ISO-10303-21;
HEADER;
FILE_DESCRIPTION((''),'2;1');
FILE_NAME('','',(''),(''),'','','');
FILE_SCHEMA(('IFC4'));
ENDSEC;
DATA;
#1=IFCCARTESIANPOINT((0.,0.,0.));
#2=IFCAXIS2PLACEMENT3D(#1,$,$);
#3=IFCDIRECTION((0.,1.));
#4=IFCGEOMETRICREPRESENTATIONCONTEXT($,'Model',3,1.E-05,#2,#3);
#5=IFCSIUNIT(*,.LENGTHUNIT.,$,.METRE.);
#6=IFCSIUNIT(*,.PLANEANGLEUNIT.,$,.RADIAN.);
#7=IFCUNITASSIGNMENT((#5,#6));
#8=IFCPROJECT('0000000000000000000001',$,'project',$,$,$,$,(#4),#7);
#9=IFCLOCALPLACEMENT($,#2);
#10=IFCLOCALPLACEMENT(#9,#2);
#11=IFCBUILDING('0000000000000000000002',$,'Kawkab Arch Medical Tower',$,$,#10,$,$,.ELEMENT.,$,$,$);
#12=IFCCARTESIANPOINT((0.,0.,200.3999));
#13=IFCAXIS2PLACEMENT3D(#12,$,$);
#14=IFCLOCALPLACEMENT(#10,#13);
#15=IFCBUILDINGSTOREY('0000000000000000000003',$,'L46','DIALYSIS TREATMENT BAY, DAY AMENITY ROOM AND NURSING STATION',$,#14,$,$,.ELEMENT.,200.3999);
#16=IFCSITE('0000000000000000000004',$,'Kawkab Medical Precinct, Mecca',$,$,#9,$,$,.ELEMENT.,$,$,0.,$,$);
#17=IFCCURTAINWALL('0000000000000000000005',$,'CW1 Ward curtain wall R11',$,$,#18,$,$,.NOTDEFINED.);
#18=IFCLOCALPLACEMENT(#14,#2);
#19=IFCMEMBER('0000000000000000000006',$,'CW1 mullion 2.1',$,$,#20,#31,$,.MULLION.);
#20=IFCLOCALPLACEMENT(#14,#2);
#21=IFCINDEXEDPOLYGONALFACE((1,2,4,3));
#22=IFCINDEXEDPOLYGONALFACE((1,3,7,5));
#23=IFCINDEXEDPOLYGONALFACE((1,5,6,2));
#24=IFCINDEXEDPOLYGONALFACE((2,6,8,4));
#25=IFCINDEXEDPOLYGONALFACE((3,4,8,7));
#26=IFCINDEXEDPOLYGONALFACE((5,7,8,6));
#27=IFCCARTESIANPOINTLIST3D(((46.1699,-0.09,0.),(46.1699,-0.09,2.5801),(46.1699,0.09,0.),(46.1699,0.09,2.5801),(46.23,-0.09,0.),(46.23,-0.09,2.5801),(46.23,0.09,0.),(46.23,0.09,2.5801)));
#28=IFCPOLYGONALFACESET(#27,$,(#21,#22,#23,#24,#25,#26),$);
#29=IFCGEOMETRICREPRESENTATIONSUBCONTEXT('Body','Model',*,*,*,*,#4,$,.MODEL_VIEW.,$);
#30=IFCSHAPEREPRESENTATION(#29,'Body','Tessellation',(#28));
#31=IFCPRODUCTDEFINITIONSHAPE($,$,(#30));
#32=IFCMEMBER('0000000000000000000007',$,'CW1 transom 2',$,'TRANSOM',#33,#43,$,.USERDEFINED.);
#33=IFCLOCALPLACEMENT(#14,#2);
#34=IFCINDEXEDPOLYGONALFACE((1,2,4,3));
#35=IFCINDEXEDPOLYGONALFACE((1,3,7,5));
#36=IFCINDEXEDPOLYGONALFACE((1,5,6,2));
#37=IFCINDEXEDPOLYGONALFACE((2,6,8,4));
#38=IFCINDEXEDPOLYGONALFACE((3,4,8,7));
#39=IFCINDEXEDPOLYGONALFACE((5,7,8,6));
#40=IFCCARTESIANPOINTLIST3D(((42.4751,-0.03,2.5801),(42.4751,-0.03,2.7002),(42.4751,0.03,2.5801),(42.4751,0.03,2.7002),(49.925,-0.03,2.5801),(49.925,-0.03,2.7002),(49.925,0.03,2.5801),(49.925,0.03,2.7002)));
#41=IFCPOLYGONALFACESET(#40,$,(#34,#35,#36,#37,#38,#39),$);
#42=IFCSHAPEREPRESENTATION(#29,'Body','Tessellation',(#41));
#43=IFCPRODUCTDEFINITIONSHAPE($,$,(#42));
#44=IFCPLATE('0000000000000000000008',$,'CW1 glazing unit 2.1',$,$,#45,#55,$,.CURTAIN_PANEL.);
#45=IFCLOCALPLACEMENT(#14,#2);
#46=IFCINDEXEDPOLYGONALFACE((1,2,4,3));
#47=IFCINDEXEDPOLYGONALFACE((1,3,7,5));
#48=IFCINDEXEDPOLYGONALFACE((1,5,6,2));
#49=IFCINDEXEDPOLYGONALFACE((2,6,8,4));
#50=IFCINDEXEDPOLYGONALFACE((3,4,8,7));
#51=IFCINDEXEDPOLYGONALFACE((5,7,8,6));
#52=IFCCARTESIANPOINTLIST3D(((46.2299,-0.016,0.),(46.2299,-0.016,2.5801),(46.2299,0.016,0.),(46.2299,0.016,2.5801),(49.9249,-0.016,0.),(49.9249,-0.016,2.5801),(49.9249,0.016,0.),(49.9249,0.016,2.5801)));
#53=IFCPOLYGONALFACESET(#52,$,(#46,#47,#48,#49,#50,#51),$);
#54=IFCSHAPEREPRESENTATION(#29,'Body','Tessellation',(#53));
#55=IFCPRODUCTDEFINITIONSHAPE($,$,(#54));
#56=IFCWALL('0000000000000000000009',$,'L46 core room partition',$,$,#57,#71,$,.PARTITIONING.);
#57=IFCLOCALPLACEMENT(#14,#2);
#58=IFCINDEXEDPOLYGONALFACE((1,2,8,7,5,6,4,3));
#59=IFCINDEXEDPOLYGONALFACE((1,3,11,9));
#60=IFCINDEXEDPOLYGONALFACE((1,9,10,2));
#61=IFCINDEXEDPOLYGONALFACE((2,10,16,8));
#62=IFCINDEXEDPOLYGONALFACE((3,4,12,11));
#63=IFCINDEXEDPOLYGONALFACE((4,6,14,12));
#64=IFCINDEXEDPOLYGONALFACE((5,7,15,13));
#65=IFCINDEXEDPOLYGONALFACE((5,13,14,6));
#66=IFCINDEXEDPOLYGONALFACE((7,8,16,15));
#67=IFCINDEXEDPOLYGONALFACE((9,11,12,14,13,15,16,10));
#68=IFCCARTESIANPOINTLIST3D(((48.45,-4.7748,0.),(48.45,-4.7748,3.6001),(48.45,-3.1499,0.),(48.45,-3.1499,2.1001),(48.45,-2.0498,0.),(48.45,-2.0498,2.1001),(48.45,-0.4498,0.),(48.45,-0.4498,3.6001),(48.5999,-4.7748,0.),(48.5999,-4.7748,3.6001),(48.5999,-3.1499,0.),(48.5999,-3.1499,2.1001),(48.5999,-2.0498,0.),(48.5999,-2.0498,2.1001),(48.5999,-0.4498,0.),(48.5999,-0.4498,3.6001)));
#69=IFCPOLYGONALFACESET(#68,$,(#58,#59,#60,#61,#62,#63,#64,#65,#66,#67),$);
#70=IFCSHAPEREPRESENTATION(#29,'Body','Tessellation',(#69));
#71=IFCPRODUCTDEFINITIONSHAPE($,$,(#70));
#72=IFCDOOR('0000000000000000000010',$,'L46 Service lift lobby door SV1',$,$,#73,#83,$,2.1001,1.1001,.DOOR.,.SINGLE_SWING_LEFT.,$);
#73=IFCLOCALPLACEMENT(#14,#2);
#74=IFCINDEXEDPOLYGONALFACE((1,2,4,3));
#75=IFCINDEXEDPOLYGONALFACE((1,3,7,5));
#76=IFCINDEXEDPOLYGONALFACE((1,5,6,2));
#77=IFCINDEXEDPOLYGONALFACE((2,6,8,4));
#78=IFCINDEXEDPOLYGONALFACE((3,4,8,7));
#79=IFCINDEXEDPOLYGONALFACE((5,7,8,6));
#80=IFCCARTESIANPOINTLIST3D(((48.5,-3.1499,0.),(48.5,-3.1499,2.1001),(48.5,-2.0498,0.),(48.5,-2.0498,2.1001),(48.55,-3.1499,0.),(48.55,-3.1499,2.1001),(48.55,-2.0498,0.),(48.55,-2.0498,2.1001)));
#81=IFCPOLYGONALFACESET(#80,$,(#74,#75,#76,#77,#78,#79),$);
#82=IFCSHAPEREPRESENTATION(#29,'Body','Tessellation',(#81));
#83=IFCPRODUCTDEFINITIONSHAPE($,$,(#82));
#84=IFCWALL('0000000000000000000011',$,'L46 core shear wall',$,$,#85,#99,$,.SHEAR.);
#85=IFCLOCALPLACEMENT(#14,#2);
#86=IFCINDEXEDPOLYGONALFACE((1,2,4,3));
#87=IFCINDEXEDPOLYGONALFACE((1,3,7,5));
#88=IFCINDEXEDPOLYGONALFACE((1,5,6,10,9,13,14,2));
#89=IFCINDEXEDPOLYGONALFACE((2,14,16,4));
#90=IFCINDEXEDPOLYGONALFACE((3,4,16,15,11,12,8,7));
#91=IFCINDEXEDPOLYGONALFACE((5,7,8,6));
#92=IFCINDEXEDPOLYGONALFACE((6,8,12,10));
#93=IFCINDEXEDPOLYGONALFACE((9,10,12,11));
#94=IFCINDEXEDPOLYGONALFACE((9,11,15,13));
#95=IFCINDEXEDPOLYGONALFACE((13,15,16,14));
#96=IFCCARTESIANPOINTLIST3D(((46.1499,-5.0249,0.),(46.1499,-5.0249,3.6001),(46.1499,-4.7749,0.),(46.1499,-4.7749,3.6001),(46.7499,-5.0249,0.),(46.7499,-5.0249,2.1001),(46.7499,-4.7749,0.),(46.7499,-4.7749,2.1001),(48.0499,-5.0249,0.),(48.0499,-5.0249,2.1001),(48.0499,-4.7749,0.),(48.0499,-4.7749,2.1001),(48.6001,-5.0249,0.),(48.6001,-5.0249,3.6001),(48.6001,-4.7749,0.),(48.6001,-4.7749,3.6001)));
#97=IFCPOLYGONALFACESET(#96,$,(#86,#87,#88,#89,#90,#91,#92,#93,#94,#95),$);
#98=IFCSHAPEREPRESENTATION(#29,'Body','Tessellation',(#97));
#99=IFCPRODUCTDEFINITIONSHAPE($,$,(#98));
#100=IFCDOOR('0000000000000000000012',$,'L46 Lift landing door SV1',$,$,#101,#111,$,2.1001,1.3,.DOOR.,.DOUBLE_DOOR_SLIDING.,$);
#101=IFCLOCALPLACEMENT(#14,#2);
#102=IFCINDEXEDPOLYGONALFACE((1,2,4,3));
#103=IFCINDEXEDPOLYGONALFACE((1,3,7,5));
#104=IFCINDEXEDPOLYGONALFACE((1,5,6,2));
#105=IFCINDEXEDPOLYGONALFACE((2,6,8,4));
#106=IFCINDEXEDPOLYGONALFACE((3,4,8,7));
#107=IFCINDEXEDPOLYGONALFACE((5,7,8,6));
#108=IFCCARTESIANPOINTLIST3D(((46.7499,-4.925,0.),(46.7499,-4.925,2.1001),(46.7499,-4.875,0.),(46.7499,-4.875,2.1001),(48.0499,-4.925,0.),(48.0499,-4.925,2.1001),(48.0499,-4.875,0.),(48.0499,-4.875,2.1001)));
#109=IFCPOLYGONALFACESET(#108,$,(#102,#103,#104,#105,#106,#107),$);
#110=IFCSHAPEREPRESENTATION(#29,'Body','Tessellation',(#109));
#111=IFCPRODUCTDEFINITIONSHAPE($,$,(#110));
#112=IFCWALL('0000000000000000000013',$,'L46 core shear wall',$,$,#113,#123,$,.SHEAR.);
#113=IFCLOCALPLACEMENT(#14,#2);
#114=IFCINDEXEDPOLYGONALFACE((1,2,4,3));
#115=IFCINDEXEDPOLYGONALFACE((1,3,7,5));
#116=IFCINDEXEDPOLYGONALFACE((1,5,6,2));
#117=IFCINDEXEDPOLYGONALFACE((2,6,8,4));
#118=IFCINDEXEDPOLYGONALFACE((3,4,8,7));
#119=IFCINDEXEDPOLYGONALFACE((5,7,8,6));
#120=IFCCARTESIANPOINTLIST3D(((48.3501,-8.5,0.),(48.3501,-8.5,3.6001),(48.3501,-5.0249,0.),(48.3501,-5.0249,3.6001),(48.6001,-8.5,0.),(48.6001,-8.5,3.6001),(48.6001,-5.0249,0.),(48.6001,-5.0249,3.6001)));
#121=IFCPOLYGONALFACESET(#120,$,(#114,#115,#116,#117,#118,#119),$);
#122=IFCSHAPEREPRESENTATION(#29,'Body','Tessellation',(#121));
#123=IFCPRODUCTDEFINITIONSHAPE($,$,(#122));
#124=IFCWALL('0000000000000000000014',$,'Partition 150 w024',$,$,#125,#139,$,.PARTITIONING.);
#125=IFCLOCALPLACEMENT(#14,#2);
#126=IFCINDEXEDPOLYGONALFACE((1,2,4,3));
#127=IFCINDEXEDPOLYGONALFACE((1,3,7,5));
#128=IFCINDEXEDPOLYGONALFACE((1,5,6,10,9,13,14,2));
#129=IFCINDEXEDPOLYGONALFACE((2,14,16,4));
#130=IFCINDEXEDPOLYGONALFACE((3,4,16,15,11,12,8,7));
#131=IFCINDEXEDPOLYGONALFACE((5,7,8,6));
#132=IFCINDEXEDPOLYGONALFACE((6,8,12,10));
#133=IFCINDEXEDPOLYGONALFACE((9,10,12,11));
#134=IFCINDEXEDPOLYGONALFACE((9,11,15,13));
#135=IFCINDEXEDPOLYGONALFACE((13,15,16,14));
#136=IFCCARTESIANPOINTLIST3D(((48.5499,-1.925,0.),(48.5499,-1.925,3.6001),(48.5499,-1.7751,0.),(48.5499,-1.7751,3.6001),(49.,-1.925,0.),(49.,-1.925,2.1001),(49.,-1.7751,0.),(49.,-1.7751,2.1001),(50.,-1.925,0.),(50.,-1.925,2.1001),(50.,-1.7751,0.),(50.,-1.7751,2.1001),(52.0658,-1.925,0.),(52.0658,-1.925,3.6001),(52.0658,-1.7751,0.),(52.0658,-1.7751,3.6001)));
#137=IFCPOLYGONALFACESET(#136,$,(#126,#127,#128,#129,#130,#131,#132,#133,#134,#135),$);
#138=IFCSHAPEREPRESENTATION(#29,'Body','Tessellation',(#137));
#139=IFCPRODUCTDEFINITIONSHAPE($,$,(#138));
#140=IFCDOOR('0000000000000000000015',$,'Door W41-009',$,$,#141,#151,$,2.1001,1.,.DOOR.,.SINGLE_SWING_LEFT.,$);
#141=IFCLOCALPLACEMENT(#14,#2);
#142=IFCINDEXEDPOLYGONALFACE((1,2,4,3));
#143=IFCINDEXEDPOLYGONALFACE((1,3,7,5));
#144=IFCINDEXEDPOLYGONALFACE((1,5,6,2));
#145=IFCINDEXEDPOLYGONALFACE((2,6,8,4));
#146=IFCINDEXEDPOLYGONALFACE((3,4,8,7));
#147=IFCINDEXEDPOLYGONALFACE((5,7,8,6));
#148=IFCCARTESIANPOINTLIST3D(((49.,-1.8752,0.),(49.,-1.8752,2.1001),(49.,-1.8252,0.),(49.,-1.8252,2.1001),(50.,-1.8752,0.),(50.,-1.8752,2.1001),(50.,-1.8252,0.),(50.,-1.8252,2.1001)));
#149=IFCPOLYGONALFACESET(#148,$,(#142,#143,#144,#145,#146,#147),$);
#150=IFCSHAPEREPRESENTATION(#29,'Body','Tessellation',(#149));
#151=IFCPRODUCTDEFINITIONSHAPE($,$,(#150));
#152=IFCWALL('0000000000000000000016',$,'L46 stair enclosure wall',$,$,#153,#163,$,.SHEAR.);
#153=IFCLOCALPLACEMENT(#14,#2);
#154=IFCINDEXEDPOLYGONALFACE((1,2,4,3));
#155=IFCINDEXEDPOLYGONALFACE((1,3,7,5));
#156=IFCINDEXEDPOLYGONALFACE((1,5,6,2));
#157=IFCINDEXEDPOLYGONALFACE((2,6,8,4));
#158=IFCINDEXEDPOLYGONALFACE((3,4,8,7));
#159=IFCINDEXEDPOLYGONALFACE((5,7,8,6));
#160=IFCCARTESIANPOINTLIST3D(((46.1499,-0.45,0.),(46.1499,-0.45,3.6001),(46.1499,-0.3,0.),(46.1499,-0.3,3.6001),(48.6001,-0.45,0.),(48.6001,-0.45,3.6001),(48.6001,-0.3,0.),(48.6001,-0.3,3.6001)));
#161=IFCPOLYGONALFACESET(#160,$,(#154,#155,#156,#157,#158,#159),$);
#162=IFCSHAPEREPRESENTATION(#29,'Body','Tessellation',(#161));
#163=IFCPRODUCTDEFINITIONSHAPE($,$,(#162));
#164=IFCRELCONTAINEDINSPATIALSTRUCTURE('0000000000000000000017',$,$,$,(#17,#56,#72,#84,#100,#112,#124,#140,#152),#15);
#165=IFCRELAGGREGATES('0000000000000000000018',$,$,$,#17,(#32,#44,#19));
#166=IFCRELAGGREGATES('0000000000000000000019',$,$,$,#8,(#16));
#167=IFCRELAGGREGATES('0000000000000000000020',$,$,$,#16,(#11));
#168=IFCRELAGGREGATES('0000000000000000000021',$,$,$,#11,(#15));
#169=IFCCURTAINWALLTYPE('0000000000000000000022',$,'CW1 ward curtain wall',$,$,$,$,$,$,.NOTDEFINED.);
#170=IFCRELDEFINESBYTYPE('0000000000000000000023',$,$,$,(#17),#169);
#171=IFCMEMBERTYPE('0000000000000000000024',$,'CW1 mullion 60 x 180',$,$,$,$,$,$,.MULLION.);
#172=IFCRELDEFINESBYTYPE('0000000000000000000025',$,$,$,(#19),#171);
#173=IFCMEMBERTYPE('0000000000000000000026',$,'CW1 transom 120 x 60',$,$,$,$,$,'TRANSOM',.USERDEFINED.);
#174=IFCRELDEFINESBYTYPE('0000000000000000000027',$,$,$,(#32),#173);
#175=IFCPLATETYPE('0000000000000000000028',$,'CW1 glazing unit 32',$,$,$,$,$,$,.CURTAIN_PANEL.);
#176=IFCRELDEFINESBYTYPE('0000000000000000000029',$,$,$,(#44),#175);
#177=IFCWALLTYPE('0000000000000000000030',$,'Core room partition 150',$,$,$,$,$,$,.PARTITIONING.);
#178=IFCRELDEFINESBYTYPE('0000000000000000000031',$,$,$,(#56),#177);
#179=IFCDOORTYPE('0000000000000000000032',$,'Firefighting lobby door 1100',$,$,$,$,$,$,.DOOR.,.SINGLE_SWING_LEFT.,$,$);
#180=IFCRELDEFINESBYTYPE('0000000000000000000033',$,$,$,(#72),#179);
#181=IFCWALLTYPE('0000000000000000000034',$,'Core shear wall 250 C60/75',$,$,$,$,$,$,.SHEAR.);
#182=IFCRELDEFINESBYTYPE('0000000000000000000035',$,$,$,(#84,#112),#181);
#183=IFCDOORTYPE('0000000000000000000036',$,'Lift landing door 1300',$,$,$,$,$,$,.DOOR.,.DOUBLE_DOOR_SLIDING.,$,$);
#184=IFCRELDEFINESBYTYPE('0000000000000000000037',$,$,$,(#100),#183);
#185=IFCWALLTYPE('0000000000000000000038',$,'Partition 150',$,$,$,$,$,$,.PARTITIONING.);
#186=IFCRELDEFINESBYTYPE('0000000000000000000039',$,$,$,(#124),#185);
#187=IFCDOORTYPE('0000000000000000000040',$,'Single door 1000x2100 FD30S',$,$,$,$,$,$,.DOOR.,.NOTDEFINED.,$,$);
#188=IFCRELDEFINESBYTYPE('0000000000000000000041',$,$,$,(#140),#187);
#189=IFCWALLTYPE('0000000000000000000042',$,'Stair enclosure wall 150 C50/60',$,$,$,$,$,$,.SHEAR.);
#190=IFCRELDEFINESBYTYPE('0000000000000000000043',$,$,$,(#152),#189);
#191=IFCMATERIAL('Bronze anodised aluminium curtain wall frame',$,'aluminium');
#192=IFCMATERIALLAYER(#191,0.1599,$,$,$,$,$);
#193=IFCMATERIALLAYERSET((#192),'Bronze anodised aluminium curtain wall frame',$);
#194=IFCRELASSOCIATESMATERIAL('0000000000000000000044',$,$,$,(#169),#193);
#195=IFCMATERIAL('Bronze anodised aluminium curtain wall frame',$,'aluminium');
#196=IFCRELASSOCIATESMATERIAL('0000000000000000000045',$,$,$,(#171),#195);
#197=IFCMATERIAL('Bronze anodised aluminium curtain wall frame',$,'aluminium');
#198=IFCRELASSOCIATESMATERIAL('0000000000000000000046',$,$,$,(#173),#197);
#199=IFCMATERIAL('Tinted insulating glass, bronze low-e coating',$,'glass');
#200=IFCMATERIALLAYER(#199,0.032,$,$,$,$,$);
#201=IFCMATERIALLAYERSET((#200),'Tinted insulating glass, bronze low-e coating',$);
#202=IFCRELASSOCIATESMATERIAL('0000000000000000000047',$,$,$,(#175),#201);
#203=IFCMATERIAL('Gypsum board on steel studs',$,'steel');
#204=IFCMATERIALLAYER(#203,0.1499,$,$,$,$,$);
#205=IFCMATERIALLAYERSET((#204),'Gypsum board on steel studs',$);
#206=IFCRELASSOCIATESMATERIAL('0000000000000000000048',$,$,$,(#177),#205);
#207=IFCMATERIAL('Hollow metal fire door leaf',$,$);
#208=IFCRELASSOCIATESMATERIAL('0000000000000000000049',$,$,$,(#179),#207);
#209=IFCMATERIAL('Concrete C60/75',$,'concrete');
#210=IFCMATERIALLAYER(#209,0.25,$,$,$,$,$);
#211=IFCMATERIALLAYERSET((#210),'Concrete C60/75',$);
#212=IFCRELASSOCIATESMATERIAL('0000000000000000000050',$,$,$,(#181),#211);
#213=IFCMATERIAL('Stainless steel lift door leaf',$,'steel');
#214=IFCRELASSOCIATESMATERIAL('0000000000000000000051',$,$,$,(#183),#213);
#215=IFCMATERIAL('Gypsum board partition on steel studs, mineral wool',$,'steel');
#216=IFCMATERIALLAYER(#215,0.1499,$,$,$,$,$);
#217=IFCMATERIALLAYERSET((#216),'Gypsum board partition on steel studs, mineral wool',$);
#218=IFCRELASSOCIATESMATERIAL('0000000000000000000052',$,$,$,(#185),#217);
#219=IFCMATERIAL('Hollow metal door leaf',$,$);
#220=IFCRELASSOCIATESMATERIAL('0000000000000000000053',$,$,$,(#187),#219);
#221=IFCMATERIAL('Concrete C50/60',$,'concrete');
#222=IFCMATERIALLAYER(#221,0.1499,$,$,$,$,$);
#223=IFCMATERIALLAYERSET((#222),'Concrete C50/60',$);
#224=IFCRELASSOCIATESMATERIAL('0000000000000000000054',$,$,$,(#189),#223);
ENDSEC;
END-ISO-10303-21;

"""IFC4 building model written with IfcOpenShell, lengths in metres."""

from ifc_helpers import new_model, si_unit, direction, frame, frame_2d, origin, origin_2d, place, context, subcontext, project, spatial, rectangle, extrude, material, layer, layer_set, material_profile, profile_set, type_object, element, fill, aggregate, save


model = new_model("IFC4")

# Units and contexts
model_context = context("Model", 3, precision=1e-05, world=origin(), true_north=direction((0.0, 1.0)))
body_context = subcontext(model_context, "Body", "Model", "MODEL_VIEW")
ifc_project = project(units=[si_unit("LENGTHUNIT", "METRE"), si_unit("PLANEANGLEUNIT", "RADIAN")], contexts=[model_context])

# Site, building, storey
site_placement = place(None, origin())
site = spatial("IfcSite", under=ifc_project, at=site_placement, Name="Kawkab Medical Precinct, Mecca", CompositionType="ELEMENT", RefElevation=0.0)
building_placement = place(site_placement, origin())
building = spatial("IfcBuilding", under=site, at=building_placement, Name="Kawkab Arch Medical Tower", CompositionType="ELEMENT")
storey_placement = place(building_placement, frame((0.0, 0.0, 200.3999)))
storey = spatial("IfcBuildingStorey", under=building, at=storey_placement, Name="L46", Description="DIALYSIS TREATMENT BAY, DAY AMENITY ROOM AND NURSING STATION", CompositionType="ELEMENT", Elevation=200.3999)

# Curtain wall, members, plate
ifc_material_1 = material(Name="Bronze anodised aluminium curtain wall frame", Category="aluminium")
ifc_layer_1 = layer(ifc_material_1, 0.1599)
ifc_layer_set_1 = layer_set([ifc_layer_1], Name="Bronze anodised aluminium curtain wall frame")
curtain_wall_type = type_object("IfcCurtainWallType", Name="CW1 ward curtain wall", PredefinedType="NOTDEFINED", material=ifc_layer_set_1)
curtain_wall_placement = place(storey_placement, origin())
curtain_wall = element("IfcCurtainWall", 1, at=curtain_wall_placement, inside=storey, type_object=curtain_wall_type, Name="CW1 Ward curtain wall R11", PredefinedType="NOTDEFINED")
ifc_material_2 = material(Name="Bronze anodised aluminium curtain wall frame", Category="aluminium")
ifc_material_profile_1 = material_profile(ifc_material_2, rectangle(XDim=0.1799, YDim=0.0601, at=origin_2d()), Name="AL 60x180")
ifc_profile_set_1 = profile_set([ifc_material_profile_1], Name="Bronze anodised aluminium curtain wall frame")
member_type_1 = type_object("IfcMemberType", Name="CW1 mullion 60 x 180", PredefinedType="MULLION", material=ifc_profile_set_1)
member_1_placement = place(storey_placement, frame((46.2, 0.0, 0.0), z_axis=(0.0, 0.0, 1.0), x_axis=(0.0, -1.0, 0.0)))
member_1 = element("IfcMember", 2, at=member_1_placement, type_object=member_type_1, Name="CW1 mullion 2.1", PredefinedType="MULLION", context=body_context, shape_type="SweptSolid", body=[
    extrude(rectangle(XDim=0.1799, YDim=0.0601, at=origin_2d()), origin(), (0.0, 0.0, 1.0), 2.5801),
])
ifc_material_3 = material(Name="Bronze anodised aluminium curtain wall frame", Category="aluminium")
ifc_material_profile_2 = material_profile(ifc_material_3, rectangle(XDim=0.0601, YDim=0.1201, at=origin_2d()), Name="AL 60x120")
ifc_profile_set_2 = profile_set([ifc_material_profile_2], Name="Bronze anodised aluminium curtain wall frame")
member_type_2 = type_object("IfcMemberType", Name="CW1 transom 120 x 60", ElementType="TRANSOM", PredefinedType="USERDEFINED", material=ifc_profile_set_2)
member_2_placement = place(storey_placement, frame((49.925, 0.0, 2.6401), z_axis=(-1.0, 0.0, 0.0), x_axis=(0.0, -1.0, 0.0)))
member_2 = element("IfcMember", 3, at=member_2_placement, type_object=member_type_2, Name="CW1 transom 2", ObjectType="TRANSOM", PredefinedType="USERDEFINED", context=body_context, shape_type="SweptSolid", body=[
    extrude(rectangle(XDim=0.0601, YDim=0.1201, at=origin_2d()), origin(), (0.0, 0.0, 1.0), 7.45),
])
ifc_material_4 = material(Name="Tinted insulating glass, bronze low-e coating", Category="glass")
ifc_layer_2 = layer(ifc_material_4, 0.032)
ifc_layer_set_2 = layer_set([ifc_layer_2], Name="Tinted insulating glass, bronze low-e coating")
plate_type = type_object("IfcPlateType", Name="CW1 glazing unit 32", PredefinedType="CURTAIN_PANEL", material=ifc_layer_set_2)
plate_placement = place(storey_placement, frame((48.0774, 0.0, 0.0), z_axis=(0.0, 0.0, 1.0), x_axis=(-1.0, 0.0, 0.0)))
plate = element("IfcPlate", 4, at=plate_placement, type_object=plate_type, Name="CW1 glazing unit 2.1", PredefinedType="CURTAIN_PANEL", context=body_context, shape_type="SweptSolid", body=[
    extrude(rectangle(XDim=3.6951, YDim=0.032, at=origin_2d()), origin(), (0.0, 0.0, 1.0), 2.5801),
])
aggregate(curtain_wall, [member_2, plate, member_1])

# Walls, openings, doors
ifc_material_5 = material(Name="Gypsum board on steel studs", Category="steel")
ifc_layer_3 = layer(ifc_material_5, 0.1499)
ifc_layer_set_3 = layer_set([ifc_layer_3], Name="Gypsum board on steel studs")
wall_type_1 = type_object("IfcWallType", Name="Core room partition 150", PredefinedType="PARTITIONING", material=ifc_layer_set_3)
wall_1_placement = place(storey_placement, frame((48.5249, -4.7749, 0.0), z_axis=(0.0, 0.0, 1.0), x_axis=(0.0, 1.0, 0.0)))
wall_1 = element("IfcWall", 5, at=wall_1_placement, inside=storey, type_object=wall_type_1, Name="L46 core room partition", PredefinedType="PARTITIONING", context=body_context, shape_type="SweptSolid", body=[
    extrude(rectangle(XDim=4.325, YDim=0.1499, at=frame_2d((2.1626, 0.0))), origin(), (0.0, 0.0, 1.0), 3.6001),
])
opening_1_placement = place(wall_1_placement, frame((1.625, 0.0, 0.0)))
opening_1 = element("IfcOpeningElement", 6, at=opening_1_placement, cuts=wall_1, PredefinedType="OPENING", context=body_context, shape_type="SweptSolid", body=[
    extrude(rectangle(XDim=1.1001, YDim=2.1001, at=frame_2d((0.55, 1.05))), frame((0.0, 0.085, 0.0), z_axis=(0.0, -1.0, 0.0), x_axis=(1.0, 0.0, 0.0)), (0.0, 0.0, 1.0), 0.1699),
])
ifc_material_6 = material(Name="Hollow metal fire door leaf")
door_type_1 = type_object("IfcDoorType", Name="Firefighting lobby door 1100", OperationType="SINGLE_SWING_LEFT", PredefinedType="DOOR", material=ifc_material_6)
door_1_placement = place(opening_1_placement, origin())
door_1 = element("IfcDoor", 7, at=door_1_placement, inside=storey, type_object=door_type_1, Name="L46 Service lift lobby door SV1", OperationType="SINGLE_SWING_LEFT", OverallHeight=2.1001, OverallWidth=1.1001, PredefinedType="DOOR", context=body_context, shape_type="SweptSolid", body=[
    extrude(rectangle(XDim=1.1001, YDim=2.1001, at=frame_2d((0.55, 1.05))), frame((0.0, 0.0249, 0.0), z_axis=(0.0, -1.0, 0.0), x_axis=(1.0, 0.0, 0.0)), (0.0, 0.0, 1.0), 0.05),
])
fill(opening_1, door_1)
ifc_material_7 = material(Name="Concrete C60/75", Category="concrete")
ifc_layer_4 = layer(ifc_material_7, 0.25)
ifc_layer_set_4 = layer_set([ifc_layer_4], Name="Concrete C60/75")
wall_type_2 = type_object("IfcWallType", Name="Core shear wall 250 C60/75", PredefinedType="SHEAR", material=ifc_layer_set_4)
wall_2_placement = place(storey_placement, frame((46.1499, -4.8999, 0.0), z_axis=(0.0, 0.0, 1.0), x_axis=(1.0, 0.0, 0.0)))
wall_2 = element("IfcWall", 8, at=wall_2_placement, inside=storey, type_object=wall_type_2, Name="L46 core shear wall", PredefinedType="SHEAR", context=body_context, shape_type="SweptSolid", body=[
    extrude(rectangle(XDim=2.4502, YDim=0.25, at=frame_2d((1.2251, 0.0))), origin(), (0.0, 0.0, 1.0), 3.6001),
])
opening_2_placement = place(wall_2_placement, frame((0.6001, 0.0, 0.0)))
opening_2 = element("IfcOpeningElement", 9, at=opening_2_placement, cuts=wall_2, PredefinedType="OPENING", context=body_context, shape_type="SweptSolid", body=[
    extrude(rectangle(XDim=1.3, YDim=2.1001, at=frame_2d((0.6499, 1.05))), frame((0.0, 0.135, 0.0), z_axis=(0.0, -1.0, 0.0), x_axis=(1.0, 0.0, 0.0)), (0.0, 0.0, 1.0), 0.27),
])
ifc_material_8 = material(Name="Stainless steel lift door leaf", Category="steel")
door_type_2 = type_object("IfcDoorType", Name="Lift landing door 1300", OperationType="DOUBLE_DOOR_SLIDING", PredefinedType="DOOR", material=ifc_material_8)
door_2_placement = place(opening_2_placement, origin())
door_2 = element("IfcDoor", 10, at=door_2_placement, inside=storey, type_object=door_type_2, Name="L46 Lift landing door SV1", OperationType="DOUBLE_DOOR_SLIDING", OverallHeight=2.1001, OverallWidth=1.3, PredefinedType="DOOR", context=body_context, shape_type="SweptSolid", body=[
    extrude(rectangle(XDim=1.3, YDim=2.1001, at=frame_2d((0.6499, 1.05))), frame((0.0, 0.0249, 0.0), z_axis=(0.0, -1.0, 0.0), x_axis=(1.0, 0.0, 0.0)), (0.0, 0.0, 1.0), 0.05),
])
fill(opening_2, door_2)

# Wall
wall_3_placement = place(storey_placement, frame((48.4751, -8.5, 0.0), z_axis=(0.0, 0.0, 1.0), x_axis=(0.0, 1.0, 0.0)))
element("IfcWall", 11, at=wall_3_placement, inside=storey, type_object=wall_type_2, Name="L46 core shear wall", PredefinedType="SHEAR", context=body_context, shape_type="SweptSolid", body=[
    extrude(rectangle(XDim=3.4751, YDim=0.25, at=frame_2d((1.7375, 0.0))), origin(), (0.0, 0.0, 1.0), 3.6001),
])

# Wall, opening, door
ifc_material_9 = material(Name="Gypsum board partition on steel studs, mineral wool", Category="steel")
ifc_layer_5 = layer(ifc_material_9, 0.1499)
ifc_layer_set_5 = layer_set([ifc_layer_5], Name="Gypsum board partition on steel studs, mineral wool")
wall_type_3 = type_object("IfcWallType", Name="Partition 150", PredefinedType="PARTITIONING", material=ifc_layer_set_5)
wall_4_placement = place(storey_placement, frame((48.55, -1.8501, 0.0), z_axis=(0.0, 0.0, 1.0), x_axis=(1.0, 0.0, 0.0)))
wall_4 = element("IfcWall", 12, at=wall_4_placement, inside=storey, type_object=wall_type_3, Name="Partition 150 w024", PredefinedType="PARTITIONING", context=body_context, shape_type="SweptSolid", body=[
    extrude(rectangle(XDim=3.5159, YDim=0.1499, at=frame_2d((1.7578, 0.0))), origin(), (0.0, 0.0, 1.0), 3.6001),
])
opening_3_placement = place(wall_4_placement, frame((0.45, 0.0, 0.0)))
opening_3 = element("IfcOpeningElement", 13, at=opening_3_placement, cuts=wall_4, PredefinedType="OPENING", context=body_context, shape_type="SweptSolid", body=[
    extrude(rectangle(XDim=1.0, YDim=2.1001, at=frame_2d((0.5, 1.05))), frame((0.0, 0.085, 0.0), z_axis=(0.0, -1.0, 0.0), x_axis=(1.0, 0.0, 0.0)), (0.0, 0.0, 1.0), 0.1699),
])
ifc_material_10 = material(Name="Hollow metal door leaf")
door_type_3 = type_object("IfcDoorType", Name="Single door 1000x2100 FD30S", OperationType="NOTDEFINED", PredefinedType="DOOR", material=ifc_material_10)
door_3_placement = place(opening_3_placement, origin())
door_3 = element("IfcDoor", 14, at=door_3_placement, inside=storey, type_object=door_type_3, Name="Door W41-009", OperationType="SINGLE_SWING_LEFT", OverallHeight=2.1001, OverallWidth=1.0, PredefinedType="DOOR", context=body_context, shape_type="SweptSolid", body=[
    extrude(rectangle(XDim=1.0, YDim=2.1001, at=frame_2d((0.5, 1.05))), frame((0.0, 0.0249, 0.0), z_axis=(0.0, -1.0, 0.0), x_axis=(1.0, 0.0, 0.0)), (0.0, 0.0, 1.0), 0.05),
])
fill(opening_3, door_3)

# Wall
ifc_material_11 = material(Name="Concrete C50/60", Category="concrete")
ifc_layer_6 = layer(ifc_material_11, 0.1499)
ifc_layer_set_6 = layer_set([ifc_layer_6], Name="Concrete C50/60")
wall_type_4 = type_object("IfcWallType", Name="Stair enclosure wall 150 C50/60", PredefinedType="SHEAR", material=ifc_layer_set_6)
for number, where, z_axis, x_axis, name in (
    (15, (46.1499, -0.375, 0.0), (0.0, 0.0, 1.0), (1.0, 0.0, 0.0), "L46 stair enclosure wall"),
):
    element("IfcWall", number, at=place(storey_placement, frame(where, z_axis=z_axis, x_axis=x_axis)), inside=storey, type_object=wall_type_4, Name=name, PredefinedType="SHEAR", context=body_context, shape_type="SweptSolid", body=[
        extrude(rectangle(XDim=2.4502, YDim=0.1499, at=frame_2d((1.2251, 0.0))), origin(), (0.0, 0.0, 1.0), 3.6001),
    ])

save(model, "model.ifc")
